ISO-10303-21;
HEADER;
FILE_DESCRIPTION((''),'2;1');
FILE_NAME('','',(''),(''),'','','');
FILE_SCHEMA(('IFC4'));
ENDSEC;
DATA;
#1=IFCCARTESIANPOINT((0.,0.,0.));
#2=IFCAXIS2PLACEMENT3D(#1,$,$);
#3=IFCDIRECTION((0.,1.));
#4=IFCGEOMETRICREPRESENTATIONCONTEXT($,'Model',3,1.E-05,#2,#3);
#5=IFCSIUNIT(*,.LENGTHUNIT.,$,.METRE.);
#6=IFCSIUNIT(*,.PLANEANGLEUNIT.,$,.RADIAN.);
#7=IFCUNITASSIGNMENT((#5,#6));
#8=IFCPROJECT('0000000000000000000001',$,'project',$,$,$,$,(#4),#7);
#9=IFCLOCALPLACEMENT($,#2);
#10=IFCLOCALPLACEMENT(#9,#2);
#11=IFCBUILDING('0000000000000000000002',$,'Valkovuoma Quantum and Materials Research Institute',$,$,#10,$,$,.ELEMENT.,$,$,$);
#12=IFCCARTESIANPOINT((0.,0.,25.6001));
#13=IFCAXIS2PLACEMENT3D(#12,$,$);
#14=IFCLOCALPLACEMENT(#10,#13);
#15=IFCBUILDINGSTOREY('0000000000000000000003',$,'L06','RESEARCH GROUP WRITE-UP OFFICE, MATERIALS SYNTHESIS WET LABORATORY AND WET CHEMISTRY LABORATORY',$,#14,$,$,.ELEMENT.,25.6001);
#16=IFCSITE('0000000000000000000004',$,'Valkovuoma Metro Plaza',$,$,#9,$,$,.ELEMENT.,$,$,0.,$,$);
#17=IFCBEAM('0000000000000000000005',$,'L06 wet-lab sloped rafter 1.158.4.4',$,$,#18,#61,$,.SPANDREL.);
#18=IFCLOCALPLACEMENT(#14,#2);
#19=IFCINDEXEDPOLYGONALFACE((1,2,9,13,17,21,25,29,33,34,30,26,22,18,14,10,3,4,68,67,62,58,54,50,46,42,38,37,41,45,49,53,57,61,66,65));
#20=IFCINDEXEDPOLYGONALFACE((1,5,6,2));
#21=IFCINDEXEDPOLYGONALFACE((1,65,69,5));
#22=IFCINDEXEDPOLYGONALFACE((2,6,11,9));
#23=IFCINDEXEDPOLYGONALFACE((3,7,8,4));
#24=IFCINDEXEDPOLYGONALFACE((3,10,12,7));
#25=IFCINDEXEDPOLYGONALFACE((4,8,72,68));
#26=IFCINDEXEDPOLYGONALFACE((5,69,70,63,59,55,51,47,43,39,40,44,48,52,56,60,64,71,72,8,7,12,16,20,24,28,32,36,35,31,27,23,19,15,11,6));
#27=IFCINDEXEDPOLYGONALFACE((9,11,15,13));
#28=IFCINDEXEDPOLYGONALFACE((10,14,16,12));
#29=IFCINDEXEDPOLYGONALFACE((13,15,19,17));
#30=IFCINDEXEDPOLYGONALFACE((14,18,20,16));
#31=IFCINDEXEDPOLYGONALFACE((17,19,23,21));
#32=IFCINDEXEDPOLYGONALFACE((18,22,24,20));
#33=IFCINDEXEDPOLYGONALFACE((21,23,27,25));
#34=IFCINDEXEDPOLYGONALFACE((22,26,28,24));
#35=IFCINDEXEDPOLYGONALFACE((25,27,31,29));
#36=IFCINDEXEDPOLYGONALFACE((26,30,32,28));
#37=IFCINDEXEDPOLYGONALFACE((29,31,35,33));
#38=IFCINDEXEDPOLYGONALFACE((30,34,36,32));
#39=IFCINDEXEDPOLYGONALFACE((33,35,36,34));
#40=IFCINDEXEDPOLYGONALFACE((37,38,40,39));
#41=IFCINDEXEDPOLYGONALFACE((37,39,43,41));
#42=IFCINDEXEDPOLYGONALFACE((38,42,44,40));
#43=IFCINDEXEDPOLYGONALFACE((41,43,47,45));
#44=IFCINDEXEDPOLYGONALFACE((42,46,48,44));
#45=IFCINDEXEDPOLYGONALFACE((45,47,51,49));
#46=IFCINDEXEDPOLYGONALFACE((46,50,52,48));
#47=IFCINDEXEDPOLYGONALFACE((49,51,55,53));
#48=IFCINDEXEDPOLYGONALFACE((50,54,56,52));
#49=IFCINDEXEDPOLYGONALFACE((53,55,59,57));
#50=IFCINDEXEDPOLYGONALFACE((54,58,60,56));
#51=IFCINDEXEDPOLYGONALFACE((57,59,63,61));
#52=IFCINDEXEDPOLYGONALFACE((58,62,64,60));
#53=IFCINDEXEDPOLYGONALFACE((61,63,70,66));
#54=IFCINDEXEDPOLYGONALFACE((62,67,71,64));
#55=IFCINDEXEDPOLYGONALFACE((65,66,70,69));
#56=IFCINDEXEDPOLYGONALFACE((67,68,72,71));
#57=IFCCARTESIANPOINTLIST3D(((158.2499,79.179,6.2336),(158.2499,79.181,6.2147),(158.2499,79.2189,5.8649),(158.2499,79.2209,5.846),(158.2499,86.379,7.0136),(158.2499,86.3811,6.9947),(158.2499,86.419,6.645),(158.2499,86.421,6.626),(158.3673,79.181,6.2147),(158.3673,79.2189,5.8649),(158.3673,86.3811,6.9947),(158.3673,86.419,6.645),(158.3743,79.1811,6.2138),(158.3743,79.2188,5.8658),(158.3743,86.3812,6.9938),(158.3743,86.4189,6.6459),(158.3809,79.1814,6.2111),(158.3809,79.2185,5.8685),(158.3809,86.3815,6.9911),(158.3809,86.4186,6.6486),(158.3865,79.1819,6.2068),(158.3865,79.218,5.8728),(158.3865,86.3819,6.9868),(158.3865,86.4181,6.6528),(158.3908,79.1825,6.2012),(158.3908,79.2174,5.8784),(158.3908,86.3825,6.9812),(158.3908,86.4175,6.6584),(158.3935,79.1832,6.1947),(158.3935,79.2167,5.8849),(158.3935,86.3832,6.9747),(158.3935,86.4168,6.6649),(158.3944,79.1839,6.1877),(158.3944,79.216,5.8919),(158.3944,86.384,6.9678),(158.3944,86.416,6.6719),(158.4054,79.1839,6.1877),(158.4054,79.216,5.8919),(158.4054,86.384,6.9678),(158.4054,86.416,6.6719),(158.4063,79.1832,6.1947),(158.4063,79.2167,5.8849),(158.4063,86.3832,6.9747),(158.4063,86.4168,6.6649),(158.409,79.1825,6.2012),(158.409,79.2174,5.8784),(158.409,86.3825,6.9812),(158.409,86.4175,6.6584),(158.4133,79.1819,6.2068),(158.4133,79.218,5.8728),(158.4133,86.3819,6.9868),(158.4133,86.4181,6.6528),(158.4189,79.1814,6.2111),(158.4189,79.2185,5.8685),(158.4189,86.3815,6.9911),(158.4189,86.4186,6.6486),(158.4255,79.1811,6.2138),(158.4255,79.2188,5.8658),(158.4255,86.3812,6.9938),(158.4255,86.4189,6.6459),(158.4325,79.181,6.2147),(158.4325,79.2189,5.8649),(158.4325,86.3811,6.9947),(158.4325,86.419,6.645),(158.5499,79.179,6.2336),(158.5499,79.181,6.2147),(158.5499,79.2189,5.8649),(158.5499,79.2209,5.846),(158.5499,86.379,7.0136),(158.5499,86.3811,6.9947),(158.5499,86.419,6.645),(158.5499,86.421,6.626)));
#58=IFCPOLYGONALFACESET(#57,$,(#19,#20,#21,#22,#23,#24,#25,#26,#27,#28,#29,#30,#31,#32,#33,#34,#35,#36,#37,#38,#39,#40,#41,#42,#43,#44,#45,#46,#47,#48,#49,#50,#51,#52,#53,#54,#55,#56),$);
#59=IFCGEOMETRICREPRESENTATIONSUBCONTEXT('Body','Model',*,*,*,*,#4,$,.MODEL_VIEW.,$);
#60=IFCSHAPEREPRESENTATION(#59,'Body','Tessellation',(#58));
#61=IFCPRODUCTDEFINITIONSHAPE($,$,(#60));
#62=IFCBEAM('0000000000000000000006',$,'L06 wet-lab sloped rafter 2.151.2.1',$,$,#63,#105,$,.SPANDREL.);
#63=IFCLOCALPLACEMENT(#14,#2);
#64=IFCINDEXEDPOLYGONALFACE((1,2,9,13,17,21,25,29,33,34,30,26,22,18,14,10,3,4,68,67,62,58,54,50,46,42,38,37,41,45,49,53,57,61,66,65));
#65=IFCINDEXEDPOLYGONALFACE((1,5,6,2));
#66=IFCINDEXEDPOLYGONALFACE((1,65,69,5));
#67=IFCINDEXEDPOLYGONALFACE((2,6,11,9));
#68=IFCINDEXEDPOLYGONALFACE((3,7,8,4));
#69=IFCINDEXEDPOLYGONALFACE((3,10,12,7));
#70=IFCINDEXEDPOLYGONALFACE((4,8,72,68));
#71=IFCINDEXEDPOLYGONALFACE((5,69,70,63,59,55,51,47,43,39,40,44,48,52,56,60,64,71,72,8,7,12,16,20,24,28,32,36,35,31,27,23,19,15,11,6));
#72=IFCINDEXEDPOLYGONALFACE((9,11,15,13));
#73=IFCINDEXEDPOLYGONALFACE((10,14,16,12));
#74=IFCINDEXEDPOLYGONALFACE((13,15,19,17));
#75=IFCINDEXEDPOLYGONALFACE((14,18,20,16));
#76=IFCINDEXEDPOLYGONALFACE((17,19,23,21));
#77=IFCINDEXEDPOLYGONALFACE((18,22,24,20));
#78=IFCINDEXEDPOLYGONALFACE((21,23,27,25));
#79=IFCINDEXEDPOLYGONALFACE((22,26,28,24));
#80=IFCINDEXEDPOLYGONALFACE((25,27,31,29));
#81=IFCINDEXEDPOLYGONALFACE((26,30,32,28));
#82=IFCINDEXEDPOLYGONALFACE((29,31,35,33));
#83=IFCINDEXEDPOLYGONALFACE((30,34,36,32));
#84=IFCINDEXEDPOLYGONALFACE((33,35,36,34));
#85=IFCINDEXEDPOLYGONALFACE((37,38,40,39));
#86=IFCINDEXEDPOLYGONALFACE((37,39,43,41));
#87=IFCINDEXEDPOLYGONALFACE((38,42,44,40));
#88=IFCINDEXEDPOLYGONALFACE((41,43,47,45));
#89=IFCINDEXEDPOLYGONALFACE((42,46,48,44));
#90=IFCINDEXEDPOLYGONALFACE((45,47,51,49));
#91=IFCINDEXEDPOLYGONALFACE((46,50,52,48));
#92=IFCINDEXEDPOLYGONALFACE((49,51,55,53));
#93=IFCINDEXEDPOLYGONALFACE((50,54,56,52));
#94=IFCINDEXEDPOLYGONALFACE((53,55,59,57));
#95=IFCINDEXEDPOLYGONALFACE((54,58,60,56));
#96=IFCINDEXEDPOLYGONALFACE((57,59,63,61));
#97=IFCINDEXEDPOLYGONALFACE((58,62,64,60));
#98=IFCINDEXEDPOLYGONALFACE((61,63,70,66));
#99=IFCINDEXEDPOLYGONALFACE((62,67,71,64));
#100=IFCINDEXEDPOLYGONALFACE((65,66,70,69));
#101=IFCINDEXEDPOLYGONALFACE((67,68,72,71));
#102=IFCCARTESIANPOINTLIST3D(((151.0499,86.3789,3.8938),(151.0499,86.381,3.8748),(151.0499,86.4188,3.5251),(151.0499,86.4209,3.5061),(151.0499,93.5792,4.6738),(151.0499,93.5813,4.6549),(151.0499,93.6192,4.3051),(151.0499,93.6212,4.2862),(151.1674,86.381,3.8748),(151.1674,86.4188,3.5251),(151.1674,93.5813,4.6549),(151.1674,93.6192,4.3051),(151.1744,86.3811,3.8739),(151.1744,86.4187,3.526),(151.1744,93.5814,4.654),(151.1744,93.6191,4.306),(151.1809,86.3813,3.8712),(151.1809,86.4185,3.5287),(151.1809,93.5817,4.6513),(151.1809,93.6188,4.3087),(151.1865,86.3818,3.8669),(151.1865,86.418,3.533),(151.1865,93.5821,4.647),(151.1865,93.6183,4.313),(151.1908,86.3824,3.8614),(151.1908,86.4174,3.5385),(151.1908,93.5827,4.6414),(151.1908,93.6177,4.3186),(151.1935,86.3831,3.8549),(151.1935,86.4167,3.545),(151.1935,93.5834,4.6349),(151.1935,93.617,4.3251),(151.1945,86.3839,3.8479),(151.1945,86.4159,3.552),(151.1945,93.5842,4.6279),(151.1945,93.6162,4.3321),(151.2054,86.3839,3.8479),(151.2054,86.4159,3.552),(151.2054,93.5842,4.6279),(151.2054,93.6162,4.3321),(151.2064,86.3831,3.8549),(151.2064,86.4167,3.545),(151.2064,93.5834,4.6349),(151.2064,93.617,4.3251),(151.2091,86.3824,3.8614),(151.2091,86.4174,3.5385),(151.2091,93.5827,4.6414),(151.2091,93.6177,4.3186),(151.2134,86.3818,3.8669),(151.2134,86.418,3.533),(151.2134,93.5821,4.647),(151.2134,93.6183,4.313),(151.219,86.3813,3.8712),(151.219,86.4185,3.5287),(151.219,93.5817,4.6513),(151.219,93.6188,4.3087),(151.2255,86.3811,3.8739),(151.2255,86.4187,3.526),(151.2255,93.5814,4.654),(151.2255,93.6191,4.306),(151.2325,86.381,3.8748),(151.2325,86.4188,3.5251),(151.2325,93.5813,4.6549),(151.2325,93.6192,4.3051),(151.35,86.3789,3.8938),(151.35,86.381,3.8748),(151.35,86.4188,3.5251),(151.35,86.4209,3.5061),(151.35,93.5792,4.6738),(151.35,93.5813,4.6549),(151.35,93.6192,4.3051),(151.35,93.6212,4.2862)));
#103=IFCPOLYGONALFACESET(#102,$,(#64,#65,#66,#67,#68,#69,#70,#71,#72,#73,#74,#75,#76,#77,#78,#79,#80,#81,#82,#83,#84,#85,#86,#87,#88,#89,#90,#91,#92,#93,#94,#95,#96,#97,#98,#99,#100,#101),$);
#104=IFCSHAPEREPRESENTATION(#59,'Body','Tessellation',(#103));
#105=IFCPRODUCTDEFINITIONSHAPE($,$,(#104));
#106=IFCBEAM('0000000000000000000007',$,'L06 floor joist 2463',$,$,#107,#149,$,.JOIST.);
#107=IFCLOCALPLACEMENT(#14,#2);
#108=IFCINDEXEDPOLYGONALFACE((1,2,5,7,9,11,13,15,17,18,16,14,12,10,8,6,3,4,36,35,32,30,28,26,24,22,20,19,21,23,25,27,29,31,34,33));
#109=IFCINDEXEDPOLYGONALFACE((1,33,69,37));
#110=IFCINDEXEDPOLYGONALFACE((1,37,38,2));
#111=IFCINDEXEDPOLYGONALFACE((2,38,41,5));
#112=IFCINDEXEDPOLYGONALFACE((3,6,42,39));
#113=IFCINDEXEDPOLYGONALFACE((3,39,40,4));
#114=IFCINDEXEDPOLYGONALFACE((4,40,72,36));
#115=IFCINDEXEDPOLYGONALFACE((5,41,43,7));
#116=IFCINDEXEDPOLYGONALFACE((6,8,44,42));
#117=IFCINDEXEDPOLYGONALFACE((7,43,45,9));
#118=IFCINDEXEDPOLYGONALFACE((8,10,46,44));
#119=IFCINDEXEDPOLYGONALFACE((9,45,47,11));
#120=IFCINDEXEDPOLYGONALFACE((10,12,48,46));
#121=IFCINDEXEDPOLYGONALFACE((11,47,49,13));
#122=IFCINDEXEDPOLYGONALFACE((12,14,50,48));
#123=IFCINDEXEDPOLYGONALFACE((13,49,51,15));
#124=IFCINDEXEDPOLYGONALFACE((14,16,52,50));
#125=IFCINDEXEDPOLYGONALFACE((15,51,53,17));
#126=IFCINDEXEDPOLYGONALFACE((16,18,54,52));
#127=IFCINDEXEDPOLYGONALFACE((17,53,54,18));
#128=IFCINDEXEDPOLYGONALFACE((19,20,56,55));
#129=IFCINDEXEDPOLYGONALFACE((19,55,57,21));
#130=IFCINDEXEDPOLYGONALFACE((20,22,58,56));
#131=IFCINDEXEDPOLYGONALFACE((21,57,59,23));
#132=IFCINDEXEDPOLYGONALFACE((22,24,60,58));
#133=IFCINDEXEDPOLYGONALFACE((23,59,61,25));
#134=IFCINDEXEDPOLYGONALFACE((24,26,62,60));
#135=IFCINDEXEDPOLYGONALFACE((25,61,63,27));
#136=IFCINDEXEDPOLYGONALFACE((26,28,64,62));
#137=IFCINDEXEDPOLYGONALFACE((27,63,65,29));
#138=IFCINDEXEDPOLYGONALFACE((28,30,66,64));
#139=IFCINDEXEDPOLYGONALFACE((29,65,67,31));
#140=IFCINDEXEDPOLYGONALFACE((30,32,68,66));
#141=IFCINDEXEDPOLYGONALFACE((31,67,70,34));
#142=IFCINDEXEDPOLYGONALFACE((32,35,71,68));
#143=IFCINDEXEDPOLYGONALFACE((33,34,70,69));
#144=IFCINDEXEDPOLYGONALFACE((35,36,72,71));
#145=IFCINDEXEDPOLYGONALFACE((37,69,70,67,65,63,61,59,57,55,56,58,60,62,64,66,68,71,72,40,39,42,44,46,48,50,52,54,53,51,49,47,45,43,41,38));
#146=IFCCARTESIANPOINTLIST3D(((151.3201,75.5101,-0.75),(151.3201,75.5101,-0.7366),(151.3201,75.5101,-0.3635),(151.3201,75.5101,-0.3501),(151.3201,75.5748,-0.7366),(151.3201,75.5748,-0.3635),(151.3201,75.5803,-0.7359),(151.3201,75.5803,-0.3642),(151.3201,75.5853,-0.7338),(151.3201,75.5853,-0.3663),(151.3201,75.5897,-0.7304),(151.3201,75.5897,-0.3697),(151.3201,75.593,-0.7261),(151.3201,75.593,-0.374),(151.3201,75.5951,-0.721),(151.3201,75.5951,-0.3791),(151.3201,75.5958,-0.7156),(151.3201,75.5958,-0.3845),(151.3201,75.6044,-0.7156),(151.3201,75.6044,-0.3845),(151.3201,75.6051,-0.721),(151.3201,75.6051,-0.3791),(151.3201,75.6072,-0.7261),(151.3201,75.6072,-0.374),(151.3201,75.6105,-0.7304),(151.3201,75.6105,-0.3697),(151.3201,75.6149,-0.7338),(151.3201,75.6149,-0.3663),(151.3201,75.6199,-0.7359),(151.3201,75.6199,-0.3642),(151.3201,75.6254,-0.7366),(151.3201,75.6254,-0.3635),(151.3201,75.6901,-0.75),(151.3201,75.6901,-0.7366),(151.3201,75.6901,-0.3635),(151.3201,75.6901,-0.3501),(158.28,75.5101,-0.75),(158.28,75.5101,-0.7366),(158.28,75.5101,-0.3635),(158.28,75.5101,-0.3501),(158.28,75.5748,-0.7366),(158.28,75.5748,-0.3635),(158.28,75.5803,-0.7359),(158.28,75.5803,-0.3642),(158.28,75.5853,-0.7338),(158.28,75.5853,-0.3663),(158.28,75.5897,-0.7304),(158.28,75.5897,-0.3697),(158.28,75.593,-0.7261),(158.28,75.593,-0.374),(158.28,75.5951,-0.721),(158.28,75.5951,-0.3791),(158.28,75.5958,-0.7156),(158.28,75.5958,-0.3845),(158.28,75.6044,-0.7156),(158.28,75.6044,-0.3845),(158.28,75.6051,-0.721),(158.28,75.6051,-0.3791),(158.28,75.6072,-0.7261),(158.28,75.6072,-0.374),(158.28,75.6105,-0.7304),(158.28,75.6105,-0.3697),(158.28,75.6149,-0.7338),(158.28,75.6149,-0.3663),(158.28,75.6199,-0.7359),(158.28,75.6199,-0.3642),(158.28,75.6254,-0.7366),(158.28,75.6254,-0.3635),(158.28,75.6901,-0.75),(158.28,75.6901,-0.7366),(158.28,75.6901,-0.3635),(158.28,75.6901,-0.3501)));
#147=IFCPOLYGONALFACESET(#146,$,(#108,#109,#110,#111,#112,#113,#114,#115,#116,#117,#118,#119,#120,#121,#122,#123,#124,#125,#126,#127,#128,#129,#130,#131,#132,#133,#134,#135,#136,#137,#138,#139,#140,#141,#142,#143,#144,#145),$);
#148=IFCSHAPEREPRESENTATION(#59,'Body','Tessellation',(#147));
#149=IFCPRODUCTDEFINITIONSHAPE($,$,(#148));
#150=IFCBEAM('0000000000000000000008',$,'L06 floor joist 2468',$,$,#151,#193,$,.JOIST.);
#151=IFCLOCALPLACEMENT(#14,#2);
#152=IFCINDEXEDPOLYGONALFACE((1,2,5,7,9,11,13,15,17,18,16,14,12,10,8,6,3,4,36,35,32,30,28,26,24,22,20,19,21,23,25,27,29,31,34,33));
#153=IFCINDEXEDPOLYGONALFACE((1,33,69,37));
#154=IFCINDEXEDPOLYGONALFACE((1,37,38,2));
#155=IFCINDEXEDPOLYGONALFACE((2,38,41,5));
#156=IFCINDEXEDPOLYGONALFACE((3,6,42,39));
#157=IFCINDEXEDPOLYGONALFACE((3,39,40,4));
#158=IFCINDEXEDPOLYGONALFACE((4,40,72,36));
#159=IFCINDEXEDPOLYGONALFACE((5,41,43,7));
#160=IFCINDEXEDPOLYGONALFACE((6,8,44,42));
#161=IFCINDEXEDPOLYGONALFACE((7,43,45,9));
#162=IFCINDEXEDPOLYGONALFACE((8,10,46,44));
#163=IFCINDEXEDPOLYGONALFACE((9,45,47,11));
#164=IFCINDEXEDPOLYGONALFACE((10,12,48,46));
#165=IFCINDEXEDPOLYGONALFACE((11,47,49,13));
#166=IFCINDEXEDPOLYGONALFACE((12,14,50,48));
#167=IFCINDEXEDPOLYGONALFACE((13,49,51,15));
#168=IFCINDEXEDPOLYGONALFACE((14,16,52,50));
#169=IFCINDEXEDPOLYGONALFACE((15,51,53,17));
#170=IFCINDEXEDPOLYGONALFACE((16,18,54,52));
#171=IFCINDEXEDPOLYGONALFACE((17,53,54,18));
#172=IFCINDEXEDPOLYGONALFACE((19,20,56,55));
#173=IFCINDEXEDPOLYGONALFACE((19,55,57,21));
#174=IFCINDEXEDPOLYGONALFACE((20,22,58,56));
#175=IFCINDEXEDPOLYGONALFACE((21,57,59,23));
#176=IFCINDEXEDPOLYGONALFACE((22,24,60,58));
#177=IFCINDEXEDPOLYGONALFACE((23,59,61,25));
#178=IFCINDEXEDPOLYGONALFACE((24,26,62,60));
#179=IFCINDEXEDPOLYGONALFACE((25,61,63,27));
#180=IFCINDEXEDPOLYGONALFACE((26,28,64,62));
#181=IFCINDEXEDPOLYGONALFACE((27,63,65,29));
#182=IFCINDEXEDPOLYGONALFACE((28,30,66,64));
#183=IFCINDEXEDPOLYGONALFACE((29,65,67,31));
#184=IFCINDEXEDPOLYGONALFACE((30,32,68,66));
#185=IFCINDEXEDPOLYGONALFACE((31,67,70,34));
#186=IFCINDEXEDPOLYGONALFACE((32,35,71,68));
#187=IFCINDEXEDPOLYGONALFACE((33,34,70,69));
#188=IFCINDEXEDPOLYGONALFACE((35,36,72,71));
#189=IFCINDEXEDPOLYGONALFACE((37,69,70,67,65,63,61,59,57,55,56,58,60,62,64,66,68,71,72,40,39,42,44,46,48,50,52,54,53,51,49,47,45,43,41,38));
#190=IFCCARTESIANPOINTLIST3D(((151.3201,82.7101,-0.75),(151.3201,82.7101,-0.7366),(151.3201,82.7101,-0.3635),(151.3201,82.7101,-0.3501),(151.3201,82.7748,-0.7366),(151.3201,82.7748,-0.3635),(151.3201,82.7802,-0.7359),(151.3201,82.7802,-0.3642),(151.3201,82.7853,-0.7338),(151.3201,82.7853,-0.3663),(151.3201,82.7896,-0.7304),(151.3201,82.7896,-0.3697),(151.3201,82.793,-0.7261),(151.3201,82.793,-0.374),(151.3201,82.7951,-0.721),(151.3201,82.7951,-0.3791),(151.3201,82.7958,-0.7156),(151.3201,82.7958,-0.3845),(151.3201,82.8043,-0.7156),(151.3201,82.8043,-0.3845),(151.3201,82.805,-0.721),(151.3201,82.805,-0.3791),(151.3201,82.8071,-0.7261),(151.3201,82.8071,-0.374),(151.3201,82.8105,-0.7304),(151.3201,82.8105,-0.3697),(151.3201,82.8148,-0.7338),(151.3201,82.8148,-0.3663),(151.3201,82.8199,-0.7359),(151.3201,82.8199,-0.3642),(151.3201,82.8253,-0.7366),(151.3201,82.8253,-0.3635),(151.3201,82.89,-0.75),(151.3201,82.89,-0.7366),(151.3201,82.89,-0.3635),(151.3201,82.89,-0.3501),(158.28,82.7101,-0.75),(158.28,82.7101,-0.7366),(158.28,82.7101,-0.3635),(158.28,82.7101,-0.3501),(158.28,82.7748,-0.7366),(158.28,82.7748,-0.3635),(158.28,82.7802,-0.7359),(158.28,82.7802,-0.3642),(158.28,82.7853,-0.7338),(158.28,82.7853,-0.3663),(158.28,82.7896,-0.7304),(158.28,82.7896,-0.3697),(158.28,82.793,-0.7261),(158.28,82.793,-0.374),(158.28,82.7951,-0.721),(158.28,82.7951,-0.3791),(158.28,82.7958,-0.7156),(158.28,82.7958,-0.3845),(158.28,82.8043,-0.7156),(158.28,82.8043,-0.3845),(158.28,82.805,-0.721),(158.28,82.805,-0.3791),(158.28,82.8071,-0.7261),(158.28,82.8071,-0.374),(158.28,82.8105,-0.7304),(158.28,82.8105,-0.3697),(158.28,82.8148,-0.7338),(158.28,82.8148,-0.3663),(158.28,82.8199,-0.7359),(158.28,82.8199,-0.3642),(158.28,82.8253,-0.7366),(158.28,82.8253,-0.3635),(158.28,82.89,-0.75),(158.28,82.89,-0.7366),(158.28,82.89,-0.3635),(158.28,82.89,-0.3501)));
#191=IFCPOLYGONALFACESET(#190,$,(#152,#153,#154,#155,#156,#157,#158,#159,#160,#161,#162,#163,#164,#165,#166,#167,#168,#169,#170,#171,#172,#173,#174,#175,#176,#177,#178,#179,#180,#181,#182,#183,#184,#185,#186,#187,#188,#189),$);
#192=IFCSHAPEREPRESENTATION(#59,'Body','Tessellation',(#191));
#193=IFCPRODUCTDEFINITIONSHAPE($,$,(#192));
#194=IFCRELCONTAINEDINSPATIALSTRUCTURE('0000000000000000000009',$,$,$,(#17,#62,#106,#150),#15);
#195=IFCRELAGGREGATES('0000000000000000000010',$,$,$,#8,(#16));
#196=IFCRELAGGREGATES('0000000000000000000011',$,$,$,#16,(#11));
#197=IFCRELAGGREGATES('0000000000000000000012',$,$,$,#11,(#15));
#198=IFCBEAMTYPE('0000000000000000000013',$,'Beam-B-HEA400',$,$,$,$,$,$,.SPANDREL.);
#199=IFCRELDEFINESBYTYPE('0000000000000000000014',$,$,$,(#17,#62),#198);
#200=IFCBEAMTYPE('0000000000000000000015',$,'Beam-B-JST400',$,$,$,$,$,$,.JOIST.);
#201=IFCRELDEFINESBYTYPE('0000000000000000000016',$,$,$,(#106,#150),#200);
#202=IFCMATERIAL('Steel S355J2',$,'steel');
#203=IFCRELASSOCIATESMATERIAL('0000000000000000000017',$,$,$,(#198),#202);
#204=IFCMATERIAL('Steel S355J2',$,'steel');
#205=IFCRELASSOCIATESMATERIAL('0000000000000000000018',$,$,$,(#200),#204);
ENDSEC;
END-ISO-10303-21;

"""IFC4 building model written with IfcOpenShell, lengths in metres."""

from ifc_helpers import new_model, si_unit, direction, frame, origin, origin_2d, place, context, subcontext, project, spatial, i_section, extrude, material, material_profile, profile_set, type_object, element, save


model = new_model("IFC4")

# Units and contexts
model_context = context("Model", 3, precision=1e-05, world=origin(), true_north=direction((0.0, 1.0)))
body_context = subcontext(model_context, "Body", "Model", "MODEL_VIEW")
ifc_project = project(units=[si_unit("LENGTHUNIT", "METRE"), si_unit("PLANEANGLEUNIT", "RADIAN")], contexts=[model_context])

# Site, building, storey
site_placement = place(None, origin())
site = spatial("IfcSite", under=ifc_project, at=site_placement, Name="Valkovuoma Metro Plaza", CompositionType="ELEMENT", RefElevation=0.0)
building_placement = place(site_placement, origin())
building = spatial("IfcBuilding", under=site, at=building_placement, Name="Valkovuoma Quantum and Materials Research Institute", CompositionType="ELEMENT")
storey_placement = place(building_placement, frame((0.0, 0.0, 25.6001)))
storey = spatial("IfcBuildingStorey", under=building, at=storey_placement, Name="L06", Description="RESEARCH GROUP WRITE-UP OFFICE, MATERIALS SYNTHESIS WET LABORATORY AND WET CHEMISTRY LABORATORY", CompositionType="ELEMENT", Elevation=25.6001)

# Beams
ifc_material_1 = material(Name="Steel S355J2", Category="steel")
ifc_material_profile_1 = material_profile(ifc_material_1, i_section(OverallWidth=0.3, OverallDepth=0.3899, WebThickness=0.011, FlangeThickness=0.019, FilletRadius=0.0271, at=origin_2d()), Name="Steel S355J2")
ifc_profile_set_1 = profile_set([ifc_material_profile_1], Name="Steel S355J2")
beam_type_1 = type_object("IfcBeamType", Name="Beam-B-HEA400", PredefinedType="SPANDREL", material=ifc_profile_set_1)
beam_1_placement = place(storey_placement, frame((158.3999, 79.2, 6.0398), z_axis=(0.0, 0.994183, 0.107708), x_axis=(-1.0, 0.0, 0.0)))
element("IfcBeam", 1, at=beam_1_placement, inside=storey, type_object=beam_type_1, Name="L06 wet-lab sloped rafter 1.158.4.4", PredefinedType="SPANDREL", context=body_context, shape_type="SweptSolid", body=[
    extrude(i_section(OverallWidth=0.3, OverallDepth=0.3899, WebThickness=0.011, FlangeThickness=0.019, FilletRadius=0.0271, at=origin_2d()), origin(), (0.0, 0.0, 1.0), 7.2422),
])
beam_2_placement = place(storey_placement, frame((151.2, 86.3999, 3.7), z_axis=(0.0, 0.994183, 0.107704), x_axis=(-1.0, 0.0, 0.0)))
element("IfcBeam", 2, at=beam_2_placement, inside=storey, type_object=beam_type_1, Name="L06 wet-lab sloped rafter 2.151.2.1", PredefinedType="SPANDREL", context=body_context, shape_type="SweptSolid", body=[
    extrude(i_section(OverallWidth=0.3, OverallDepth=0.3899, WebThickness=0.011, FlangeThickness=0.019, FilletRadius=0.0271, at=origin_2d()), origin(), (0.0, 0.0, 1.0), 7.2424),
])
ifc_material_2 = material(Name="Steel S355J2", Category="steel")
ifc_material_profile_2 = material_profile(ifc_material_2, i_section(OverallWidth=0.1799, OverallDepth=0.3999, WebThickness=0.0085, FlangeThickness=0.0134, FilletRadius=0.021, at=origin_2d()), Name="Steel S355J2")
ifc_profile_set_2 = profile_set([ifc_material_profile_2], Name="Steel S355J2")
beam_type_2 = type_object("IfcBeamType", Name="Beam-B-JST400", PredefinedType="JOIST", material=ifc_profile_set_2)
for number, where, z_axis, x_axis, name in (
    (3, (151.3201, 75.6001, -0.55), (1.0, 0.0, 0.0), (0.0, 1.0, 0.0), "L06 floor joist 2463"),
    (4, (151.3201, 82.8, -0.55), (1.0, 0.0, 0.0), (0.0, 1.0, 0.0), "L06 floor joist 2468"),
):
    element("IfcBeam", number, at=place(storey_placement, frame(where, z_axis=z_axis, x_axis=x_axis)), inside=storey, type_object=beam_type_2, Name=name, PredefinedType="JOIST", context=body_context, shape_type="SweptSolid", body=[
        extrude(i_section(OverallWidth=0.1799, OverallDepth=0.3999, WebThickness=0.0085, FlangeThickness=0.0134, FilletRadius=0.021, at=origin_2d()), origin(), (0.0, 0.0, 1.0), 6.96),
    ])

save(model, "model.ifc")
